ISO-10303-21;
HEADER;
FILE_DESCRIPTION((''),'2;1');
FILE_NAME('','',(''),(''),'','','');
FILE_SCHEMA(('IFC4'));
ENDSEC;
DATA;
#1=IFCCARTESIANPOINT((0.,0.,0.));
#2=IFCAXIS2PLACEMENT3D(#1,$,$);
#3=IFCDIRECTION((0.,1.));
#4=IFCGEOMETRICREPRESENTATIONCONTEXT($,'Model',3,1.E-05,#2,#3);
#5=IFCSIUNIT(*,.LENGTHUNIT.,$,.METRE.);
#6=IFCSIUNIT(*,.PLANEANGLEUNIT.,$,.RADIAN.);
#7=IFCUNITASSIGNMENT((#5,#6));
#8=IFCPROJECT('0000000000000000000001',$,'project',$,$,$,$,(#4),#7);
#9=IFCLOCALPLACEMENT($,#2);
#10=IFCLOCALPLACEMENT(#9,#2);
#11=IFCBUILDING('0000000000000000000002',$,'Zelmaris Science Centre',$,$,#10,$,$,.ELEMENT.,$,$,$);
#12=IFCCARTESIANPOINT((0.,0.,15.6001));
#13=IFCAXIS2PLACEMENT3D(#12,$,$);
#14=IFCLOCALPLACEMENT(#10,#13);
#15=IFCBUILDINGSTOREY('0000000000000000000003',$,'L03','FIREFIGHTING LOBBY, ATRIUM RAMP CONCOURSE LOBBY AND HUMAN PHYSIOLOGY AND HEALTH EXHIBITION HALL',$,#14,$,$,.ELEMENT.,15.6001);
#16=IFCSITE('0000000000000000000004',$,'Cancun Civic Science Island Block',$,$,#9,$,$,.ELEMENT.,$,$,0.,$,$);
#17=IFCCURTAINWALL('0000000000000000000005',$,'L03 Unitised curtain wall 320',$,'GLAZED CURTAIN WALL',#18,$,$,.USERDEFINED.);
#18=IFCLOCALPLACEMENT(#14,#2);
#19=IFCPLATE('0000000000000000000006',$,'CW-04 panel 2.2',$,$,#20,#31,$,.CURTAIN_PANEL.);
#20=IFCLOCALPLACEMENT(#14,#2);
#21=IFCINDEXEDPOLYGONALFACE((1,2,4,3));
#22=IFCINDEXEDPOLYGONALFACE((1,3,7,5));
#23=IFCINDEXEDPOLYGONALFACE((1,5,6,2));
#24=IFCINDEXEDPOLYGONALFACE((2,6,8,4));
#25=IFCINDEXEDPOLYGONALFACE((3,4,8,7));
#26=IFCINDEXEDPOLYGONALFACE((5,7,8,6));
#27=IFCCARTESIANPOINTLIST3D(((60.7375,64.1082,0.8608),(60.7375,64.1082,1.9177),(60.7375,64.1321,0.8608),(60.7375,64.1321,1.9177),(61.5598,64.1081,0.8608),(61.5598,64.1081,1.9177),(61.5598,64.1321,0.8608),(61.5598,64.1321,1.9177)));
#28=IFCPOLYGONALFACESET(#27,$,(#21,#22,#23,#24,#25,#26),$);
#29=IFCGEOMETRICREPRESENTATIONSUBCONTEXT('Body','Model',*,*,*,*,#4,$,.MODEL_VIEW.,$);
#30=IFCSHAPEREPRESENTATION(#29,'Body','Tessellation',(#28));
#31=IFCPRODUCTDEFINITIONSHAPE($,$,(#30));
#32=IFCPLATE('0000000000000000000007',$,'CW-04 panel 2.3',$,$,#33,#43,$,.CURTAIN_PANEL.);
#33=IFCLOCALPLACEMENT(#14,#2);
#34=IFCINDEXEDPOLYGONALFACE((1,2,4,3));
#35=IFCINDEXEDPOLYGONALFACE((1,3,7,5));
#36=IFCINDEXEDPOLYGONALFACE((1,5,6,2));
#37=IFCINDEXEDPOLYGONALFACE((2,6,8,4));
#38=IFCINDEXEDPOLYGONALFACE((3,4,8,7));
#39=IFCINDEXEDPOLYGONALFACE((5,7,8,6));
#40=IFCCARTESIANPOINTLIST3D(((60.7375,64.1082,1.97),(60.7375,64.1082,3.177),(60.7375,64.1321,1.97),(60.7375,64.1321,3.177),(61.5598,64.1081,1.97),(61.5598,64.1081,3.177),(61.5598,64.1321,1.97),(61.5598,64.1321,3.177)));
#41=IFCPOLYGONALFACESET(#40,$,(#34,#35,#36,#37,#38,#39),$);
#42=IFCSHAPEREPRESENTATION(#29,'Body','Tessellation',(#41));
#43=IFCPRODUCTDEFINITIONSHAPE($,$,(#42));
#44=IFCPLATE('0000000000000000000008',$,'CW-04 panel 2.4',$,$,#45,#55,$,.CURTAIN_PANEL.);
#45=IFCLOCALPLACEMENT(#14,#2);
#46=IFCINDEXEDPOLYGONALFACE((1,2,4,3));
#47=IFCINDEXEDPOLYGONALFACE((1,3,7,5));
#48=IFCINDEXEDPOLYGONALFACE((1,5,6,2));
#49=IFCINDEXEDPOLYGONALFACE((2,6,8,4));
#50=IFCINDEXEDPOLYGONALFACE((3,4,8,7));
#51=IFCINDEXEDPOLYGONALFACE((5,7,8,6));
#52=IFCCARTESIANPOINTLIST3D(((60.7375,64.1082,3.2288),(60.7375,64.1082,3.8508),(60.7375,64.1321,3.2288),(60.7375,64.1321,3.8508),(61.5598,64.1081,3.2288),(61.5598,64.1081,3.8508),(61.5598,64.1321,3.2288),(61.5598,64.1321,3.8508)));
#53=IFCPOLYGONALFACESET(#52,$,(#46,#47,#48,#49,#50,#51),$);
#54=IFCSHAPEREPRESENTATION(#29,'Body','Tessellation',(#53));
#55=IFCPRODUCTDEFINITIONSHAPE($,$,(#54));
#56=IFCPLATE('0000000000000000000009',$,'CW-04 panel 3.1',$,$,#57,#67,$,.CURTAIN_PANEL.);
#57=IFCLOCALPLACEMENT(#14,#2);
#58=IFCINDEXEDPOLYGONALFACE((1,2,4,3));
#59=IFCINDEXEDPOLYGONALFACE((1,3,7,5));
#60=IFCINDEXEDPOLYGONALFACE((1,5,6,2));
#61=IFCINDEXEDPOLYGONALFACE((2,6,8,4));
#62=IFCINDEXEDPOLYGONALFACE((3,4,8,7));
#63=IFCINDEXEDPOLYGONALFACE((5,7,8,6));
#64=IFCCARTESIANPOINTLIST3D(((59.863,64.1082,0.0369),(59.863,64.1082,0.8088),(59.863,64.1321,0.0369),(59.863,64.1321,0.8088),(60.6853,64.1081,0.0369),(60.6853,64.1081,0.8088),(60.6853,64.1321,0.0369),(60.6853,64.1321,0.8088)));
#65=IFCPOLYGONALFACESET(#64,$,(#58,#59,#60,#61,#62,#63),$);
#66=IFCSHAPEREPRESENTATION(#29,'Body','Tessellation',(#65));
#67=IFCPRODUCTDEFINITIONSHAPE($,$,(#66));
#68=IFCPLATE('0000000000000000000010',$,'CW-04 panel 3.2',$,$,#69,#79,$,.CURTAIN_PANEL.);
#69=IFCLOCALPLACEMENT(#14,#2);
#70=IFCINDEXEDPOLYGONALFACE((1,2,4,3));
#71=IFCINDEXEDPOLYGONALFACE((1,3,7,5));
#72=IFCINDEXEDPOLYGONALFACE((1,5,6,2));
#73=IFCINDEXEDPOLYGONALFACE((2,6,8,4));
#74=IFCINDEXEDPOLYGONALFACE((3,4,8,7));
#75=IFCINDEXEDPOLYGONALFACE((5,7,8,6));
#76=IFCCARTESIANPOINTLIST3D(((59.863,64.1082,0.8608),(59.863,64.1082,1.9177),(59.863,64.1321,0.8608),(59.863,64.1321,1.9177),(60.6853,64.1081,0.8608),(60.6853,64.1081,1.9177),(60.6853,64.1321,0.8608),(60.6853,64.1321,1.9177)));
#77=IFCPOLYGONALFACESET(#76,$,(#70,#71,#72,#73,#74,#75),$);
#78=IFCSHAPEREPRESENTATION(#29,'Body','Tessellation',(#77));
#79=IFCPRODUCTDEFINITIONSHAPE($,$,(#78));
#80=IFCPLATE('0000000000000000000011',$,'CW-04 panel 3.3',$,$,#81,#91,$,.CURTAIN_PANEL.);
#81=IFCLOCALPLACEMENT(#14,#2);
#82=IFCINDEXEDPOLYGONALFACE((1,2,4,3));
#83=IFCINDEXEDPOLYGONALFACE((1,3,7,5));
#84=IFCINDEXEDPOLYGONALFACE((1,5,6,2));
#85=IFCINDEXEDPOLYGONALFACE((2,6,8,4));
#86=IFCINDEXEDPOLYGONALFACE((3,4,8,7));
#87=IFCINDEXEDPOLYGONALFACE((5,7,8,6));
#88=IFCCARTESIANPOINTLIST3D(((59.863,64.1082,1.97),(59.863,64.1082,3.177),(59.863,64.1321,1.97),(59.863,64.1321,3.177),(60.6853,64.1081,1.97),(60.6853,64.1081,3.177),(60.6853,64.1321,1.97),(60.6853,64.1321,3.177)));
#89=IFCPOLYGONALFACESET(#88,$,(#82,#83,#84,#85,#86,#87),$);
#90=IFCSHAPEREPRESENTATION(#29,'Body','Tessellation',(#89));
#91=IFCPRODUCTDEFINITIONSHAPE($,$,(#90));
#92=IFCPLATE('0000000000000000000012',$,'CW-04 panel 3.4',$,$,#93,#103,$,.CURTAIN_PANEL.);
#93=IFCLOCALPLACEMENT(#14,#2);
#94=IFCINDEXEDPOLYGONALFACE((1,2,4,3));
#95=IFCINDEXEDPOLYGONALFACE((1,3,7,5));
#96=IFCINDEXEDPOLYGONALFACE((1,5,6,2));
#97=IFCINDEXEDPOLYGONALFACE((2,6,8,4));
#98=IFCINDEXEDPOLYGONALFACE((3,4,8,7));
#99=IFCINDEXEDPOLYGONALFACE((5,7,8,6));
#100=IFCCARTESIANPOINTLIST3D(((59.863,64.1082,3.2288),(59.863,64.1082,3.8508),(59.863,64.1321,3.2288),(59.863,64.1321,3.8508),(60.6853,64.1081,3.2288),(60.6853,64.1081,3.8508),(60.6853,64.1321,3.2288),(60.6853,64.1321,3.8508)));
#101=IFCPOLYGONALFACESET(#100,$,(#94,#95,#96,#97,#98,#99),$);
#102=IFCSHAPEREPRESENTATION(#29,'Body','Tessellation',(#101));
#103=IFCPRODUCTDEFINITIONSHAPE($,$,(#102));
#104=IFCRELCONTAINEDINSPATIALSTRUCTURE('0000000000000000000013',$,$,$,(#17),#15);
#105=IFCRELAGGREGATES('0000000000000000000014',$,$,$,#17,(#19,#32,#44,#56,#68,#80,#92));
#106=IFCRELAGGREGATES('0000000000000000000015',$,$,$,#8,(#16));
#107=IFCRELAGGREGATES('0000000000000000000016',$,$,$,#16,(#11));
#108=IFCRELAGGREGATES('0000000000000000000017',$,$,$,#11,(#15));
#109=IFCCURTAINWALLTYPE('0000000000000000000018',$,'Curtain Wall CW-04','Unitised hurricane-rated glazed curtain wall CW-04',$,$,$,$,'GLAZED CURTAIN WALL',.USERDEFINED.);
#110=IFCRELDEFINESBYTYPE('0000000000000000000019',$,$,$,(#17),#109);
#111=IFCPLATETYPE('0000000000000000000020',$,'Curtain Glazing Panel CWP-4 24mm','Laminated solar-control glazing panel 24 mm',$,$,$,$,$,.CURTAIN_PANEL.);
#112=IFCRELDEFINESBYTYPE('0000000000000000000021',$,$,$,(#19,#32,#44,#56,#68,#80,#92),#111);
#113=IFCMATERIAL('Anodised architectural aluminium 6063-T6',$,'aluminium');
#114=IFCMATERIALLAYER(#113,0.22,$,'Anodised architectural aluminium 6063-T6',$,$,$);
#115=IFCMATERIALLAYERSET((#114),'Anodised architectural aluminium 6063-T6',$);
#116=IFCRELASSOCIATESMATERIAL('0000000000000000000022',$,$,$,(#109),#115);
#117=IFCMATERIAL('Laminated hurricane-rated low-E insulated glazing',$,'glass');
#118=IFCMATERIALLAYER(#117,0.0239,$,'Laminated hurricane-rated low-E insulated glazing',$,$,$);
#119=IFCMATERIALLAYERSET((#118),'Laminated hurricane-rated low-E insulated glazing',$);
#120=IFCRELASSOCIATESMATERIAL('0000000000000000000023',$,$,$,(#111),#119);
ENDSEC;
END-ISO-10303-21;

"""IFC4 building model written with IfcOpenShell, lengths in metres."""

from ifc_helpers import new_model, si_unit, direction, frame, origin, origin_2d, place, context, subcontext, project, spatial, rectangle, extrude, material, layer, layer_set, type_object, element, aggregate, save


model = new_model("IFC4")

# Units and contexts
model_context = context("Model", 3, precision=1e-05, world=origin(), true_north=direction((0.0, 1.0)))
body_context = subcontext(model_context, "Body", "Model", "MODEL_VIEW")
ifc_project = project(units=[si_unit("LENGTHUNIT", "METRE"), si_unit("PLANEANGLEUNIT", "RADIAN")], contexts=[model_context])

# Site, building, storey
site_placement = place(None, origin())
site = spatial("IfcSite", under=ifc_project, at=site_placement, Name="Cancun Civic Science Island Block", CompositionType="ELEMENT", RefElevation=0.0)
building_placement = place(site_placement, origin())
building = spatial("IfcBuilding", under=site, at=building_placement, Name="Zelmaris Science Centre", CompositionType="ELEMENT")
storey_placement = place(building_placement, frame((0.0, 0.0, 15.6001)))
storey = spatial("IfcBuildingStorey", under=building, at=storey_placement, Name="L03", Description="FIREFIGHTING LOBBY, ATRIUM RAMP CONCOURSE LOBBY AND HUMAN PHYSIOLOGY AND HEALTH EXHIBITION HALL", CompositionType="ELEMENT", Elevation=15.6001)

# Curtain wall
ifc_material_1 = material(Name="Anodised architectural aluminium 6063-T6", Category="aluminium")
ifc_layer_1 = layer(ifc_material_1, 0.22, Name="Anodised architectural aluminium 6063-T6")
ifc_layer_set_1 = layer_set([ifc_layer_1], Name="Anodised architectural aluminium 6063-T6")
curtain_wall_type_1 = type_object("IfcCurtainWallType", Name="Curtain Wall CW-04", Description="Unitised hurricane-rated glazed curtain wall CW-04", ElementType="GLAZED CURTAIN WALL", PredefinedType="USERDEFINED", material=ifc_layer_set_1)
curtain_wall_1_placement = place(storey_placement, origin())
curtain_wall_1 = element("IfcCurtainWall", 1, at=curtain_wall_1_placement, inside=storey, type_object=curtain_wall_type_1, Name="L03 Unitised curtain wall 320", ObjectType="GLAZED CURTAIN WALL", PredefinedType="USERDEFINED")

# Plates
ifc_material_2 = material(Name="Laminated hurricane-rated low-E insulated glazing", Category="glass")
ifc_layer_2 = layer(ifc_material_2, 0.0239, Name="Laminated hurricane-rated low-E insulated glazing")
ifc_layer_set_2 = layer_set([ifc_layer_2], Name="Laminated hurricane-rated low-E insulated glazing")
plate_type = type_object("IfcPlateType", Name="Curtain Glazing Panel CWP-4 24mm", Description="Laminated solar-control glazing panel 24 mm", PredefinedType="CURTAIN_PANEL", material=ifc_layer_set_2)
plate_1_placement = place(storey_placement, frame((61.1487, 64.1201, 0.8608), z_axis=(0.0, 0.0, 1.0), x_axis=(-1.0, 0.000016, 0.0)))
plate_1 = element("IfcPlate", 2, at=plate_1_placement, type_object=plate_type, Name="CW-04 panel 2.2", PredefinedType="CURTAIN_PANEL", context=body_context, shape_type="SweptSolid", body=[
    extrude(rectangle(XDim=0.8223, YDim=0.0239, at=origin_2d()), origin(), (0.0, 0.0, 1.0), 1.0569),
])
plate_2_placement = place(storey_placement, frame((61.1487, 64.1201, 1.97), z_axis=(0.0, 0.0, 1.0), x_axis=(-1.0, 0.000016, 0.0)))
plate_2 = element("IfcPlate", 3, at=plate_2_placement, type_object=plate_type, Name="CW-04 panel 2.3", PredefinedType="CURTAIN_PANEL", context=body_context, shape_type="SweptSolid", body=[
    extrude(rectangle(XDim=0.8223, YDim=0.0239, at=origin_2d()), origin(), (0.0, 0.0, 1.0), 1.207),
])
plate_3_placement = place(storey_placement, frame((61.1487, 64.1201, 3.2288), z_axis=(0.0, 0.0, 1.0), x_axis=(-1.0, 0.000016, 0.0)))
plate_3 = element("IfcPlate", 4, at=plate_3_placement, type_object=plate_type, Name="CW-04 panel 2.4", PredefinedType="CURTAIN_PANEL", context=body_context, shape_type="SweptSolid", body=[
    extrude(rectangle(XDim=0.8223, YDim=0.0239, at=origin_2d()), origin(), (0.0, 0.0, 1.0), 0.6221),
])
plate_4_placement = place(storey_placement, frame((60.2742, 64.1201, 0.0369), z_axis=(0.0, 0.0, 1.0), x_axis=(-1.0, 0.000016, 0.0)))
plate_4 = element("IfcPlate", 5, at=plate_4_placement, type_object=plate_type, Name="CW-04 panel 3.1", PredefinedType="CURTAIN_PANEL", context=body_context, shape_type="SweptSolid", body=[
    extrude(rectangle(XDim=0.8223, YDim=0.0239, at=origin_2d()), origin(), (0.0, 0.0, 1.0), 0.772),
])
plate_5_placement = place(storey_placement, frame((60.2742, 64.1201, 0.8608), z_axis=(0.0, 0.0, 1.0), x_axis=(-1.0, 0.000016, 0.0)))
plate_5 = element("IfcPlate", 6, at=plate_5_placement, type_object=plate_type, Name="CW-04 panel 3.2", PredefinedType="CURTAIN_PANEL", context=body_context, shape_type="SweptSolid", body=[
    extrude(rectangle(XDim=0.8223, YDim=0.0239, at=origin_2d()), origin(), (0.0, 0.0, 1.0), 1.0569),
])
plate_6_placement = place(storey_placement, frame((60.2742, 64.1201, 1.97), z_axis=(0.0, 0.0, 1.0), x_axis=(-1.0, 0.000016, 0.0)))
plate_6 = element("IfcPlate", 7, at=plate_6_placement, type_object=plate_type, Name="CW-04 panel 3.3", PredefinedType="CURTAIN_PANEL", context=body_context, shape_type="SweptSolid", body=[
    extrude(rectangle(XDim=0.8223, YDim=0.0239, at=origin_2d()), origin(), (0.0, 0.0, 1.0), 1.207),
])
plate_7_placement = place(storey_placement, frame((60.2742, 64.1201, 3.2288), z_axis=(0.0, 0.0, 1.0), x_axis=(-1.0, 0.000016, 0.0)))
plate_7 = element("IfcPlate", 8, at=plate_7_placement, type_object=plate_type, Name="CW-04 panel 3.4", PredefinedType="CURTAIN_PANEL", context=body_context, shape_type="SweptSolid", body=[
    extrude(rectangle(XDim=0.8223, YDim=0.0239, at=origin_2d()), origin(), (0.0, 0.0, 1.0), 0.6221),
])
aggregate(curtain_wall_1, [plate_1, plate_2, plate_3, plate_4, plate_5, plate_6, plate_7])

save(model, "model.ifc")
